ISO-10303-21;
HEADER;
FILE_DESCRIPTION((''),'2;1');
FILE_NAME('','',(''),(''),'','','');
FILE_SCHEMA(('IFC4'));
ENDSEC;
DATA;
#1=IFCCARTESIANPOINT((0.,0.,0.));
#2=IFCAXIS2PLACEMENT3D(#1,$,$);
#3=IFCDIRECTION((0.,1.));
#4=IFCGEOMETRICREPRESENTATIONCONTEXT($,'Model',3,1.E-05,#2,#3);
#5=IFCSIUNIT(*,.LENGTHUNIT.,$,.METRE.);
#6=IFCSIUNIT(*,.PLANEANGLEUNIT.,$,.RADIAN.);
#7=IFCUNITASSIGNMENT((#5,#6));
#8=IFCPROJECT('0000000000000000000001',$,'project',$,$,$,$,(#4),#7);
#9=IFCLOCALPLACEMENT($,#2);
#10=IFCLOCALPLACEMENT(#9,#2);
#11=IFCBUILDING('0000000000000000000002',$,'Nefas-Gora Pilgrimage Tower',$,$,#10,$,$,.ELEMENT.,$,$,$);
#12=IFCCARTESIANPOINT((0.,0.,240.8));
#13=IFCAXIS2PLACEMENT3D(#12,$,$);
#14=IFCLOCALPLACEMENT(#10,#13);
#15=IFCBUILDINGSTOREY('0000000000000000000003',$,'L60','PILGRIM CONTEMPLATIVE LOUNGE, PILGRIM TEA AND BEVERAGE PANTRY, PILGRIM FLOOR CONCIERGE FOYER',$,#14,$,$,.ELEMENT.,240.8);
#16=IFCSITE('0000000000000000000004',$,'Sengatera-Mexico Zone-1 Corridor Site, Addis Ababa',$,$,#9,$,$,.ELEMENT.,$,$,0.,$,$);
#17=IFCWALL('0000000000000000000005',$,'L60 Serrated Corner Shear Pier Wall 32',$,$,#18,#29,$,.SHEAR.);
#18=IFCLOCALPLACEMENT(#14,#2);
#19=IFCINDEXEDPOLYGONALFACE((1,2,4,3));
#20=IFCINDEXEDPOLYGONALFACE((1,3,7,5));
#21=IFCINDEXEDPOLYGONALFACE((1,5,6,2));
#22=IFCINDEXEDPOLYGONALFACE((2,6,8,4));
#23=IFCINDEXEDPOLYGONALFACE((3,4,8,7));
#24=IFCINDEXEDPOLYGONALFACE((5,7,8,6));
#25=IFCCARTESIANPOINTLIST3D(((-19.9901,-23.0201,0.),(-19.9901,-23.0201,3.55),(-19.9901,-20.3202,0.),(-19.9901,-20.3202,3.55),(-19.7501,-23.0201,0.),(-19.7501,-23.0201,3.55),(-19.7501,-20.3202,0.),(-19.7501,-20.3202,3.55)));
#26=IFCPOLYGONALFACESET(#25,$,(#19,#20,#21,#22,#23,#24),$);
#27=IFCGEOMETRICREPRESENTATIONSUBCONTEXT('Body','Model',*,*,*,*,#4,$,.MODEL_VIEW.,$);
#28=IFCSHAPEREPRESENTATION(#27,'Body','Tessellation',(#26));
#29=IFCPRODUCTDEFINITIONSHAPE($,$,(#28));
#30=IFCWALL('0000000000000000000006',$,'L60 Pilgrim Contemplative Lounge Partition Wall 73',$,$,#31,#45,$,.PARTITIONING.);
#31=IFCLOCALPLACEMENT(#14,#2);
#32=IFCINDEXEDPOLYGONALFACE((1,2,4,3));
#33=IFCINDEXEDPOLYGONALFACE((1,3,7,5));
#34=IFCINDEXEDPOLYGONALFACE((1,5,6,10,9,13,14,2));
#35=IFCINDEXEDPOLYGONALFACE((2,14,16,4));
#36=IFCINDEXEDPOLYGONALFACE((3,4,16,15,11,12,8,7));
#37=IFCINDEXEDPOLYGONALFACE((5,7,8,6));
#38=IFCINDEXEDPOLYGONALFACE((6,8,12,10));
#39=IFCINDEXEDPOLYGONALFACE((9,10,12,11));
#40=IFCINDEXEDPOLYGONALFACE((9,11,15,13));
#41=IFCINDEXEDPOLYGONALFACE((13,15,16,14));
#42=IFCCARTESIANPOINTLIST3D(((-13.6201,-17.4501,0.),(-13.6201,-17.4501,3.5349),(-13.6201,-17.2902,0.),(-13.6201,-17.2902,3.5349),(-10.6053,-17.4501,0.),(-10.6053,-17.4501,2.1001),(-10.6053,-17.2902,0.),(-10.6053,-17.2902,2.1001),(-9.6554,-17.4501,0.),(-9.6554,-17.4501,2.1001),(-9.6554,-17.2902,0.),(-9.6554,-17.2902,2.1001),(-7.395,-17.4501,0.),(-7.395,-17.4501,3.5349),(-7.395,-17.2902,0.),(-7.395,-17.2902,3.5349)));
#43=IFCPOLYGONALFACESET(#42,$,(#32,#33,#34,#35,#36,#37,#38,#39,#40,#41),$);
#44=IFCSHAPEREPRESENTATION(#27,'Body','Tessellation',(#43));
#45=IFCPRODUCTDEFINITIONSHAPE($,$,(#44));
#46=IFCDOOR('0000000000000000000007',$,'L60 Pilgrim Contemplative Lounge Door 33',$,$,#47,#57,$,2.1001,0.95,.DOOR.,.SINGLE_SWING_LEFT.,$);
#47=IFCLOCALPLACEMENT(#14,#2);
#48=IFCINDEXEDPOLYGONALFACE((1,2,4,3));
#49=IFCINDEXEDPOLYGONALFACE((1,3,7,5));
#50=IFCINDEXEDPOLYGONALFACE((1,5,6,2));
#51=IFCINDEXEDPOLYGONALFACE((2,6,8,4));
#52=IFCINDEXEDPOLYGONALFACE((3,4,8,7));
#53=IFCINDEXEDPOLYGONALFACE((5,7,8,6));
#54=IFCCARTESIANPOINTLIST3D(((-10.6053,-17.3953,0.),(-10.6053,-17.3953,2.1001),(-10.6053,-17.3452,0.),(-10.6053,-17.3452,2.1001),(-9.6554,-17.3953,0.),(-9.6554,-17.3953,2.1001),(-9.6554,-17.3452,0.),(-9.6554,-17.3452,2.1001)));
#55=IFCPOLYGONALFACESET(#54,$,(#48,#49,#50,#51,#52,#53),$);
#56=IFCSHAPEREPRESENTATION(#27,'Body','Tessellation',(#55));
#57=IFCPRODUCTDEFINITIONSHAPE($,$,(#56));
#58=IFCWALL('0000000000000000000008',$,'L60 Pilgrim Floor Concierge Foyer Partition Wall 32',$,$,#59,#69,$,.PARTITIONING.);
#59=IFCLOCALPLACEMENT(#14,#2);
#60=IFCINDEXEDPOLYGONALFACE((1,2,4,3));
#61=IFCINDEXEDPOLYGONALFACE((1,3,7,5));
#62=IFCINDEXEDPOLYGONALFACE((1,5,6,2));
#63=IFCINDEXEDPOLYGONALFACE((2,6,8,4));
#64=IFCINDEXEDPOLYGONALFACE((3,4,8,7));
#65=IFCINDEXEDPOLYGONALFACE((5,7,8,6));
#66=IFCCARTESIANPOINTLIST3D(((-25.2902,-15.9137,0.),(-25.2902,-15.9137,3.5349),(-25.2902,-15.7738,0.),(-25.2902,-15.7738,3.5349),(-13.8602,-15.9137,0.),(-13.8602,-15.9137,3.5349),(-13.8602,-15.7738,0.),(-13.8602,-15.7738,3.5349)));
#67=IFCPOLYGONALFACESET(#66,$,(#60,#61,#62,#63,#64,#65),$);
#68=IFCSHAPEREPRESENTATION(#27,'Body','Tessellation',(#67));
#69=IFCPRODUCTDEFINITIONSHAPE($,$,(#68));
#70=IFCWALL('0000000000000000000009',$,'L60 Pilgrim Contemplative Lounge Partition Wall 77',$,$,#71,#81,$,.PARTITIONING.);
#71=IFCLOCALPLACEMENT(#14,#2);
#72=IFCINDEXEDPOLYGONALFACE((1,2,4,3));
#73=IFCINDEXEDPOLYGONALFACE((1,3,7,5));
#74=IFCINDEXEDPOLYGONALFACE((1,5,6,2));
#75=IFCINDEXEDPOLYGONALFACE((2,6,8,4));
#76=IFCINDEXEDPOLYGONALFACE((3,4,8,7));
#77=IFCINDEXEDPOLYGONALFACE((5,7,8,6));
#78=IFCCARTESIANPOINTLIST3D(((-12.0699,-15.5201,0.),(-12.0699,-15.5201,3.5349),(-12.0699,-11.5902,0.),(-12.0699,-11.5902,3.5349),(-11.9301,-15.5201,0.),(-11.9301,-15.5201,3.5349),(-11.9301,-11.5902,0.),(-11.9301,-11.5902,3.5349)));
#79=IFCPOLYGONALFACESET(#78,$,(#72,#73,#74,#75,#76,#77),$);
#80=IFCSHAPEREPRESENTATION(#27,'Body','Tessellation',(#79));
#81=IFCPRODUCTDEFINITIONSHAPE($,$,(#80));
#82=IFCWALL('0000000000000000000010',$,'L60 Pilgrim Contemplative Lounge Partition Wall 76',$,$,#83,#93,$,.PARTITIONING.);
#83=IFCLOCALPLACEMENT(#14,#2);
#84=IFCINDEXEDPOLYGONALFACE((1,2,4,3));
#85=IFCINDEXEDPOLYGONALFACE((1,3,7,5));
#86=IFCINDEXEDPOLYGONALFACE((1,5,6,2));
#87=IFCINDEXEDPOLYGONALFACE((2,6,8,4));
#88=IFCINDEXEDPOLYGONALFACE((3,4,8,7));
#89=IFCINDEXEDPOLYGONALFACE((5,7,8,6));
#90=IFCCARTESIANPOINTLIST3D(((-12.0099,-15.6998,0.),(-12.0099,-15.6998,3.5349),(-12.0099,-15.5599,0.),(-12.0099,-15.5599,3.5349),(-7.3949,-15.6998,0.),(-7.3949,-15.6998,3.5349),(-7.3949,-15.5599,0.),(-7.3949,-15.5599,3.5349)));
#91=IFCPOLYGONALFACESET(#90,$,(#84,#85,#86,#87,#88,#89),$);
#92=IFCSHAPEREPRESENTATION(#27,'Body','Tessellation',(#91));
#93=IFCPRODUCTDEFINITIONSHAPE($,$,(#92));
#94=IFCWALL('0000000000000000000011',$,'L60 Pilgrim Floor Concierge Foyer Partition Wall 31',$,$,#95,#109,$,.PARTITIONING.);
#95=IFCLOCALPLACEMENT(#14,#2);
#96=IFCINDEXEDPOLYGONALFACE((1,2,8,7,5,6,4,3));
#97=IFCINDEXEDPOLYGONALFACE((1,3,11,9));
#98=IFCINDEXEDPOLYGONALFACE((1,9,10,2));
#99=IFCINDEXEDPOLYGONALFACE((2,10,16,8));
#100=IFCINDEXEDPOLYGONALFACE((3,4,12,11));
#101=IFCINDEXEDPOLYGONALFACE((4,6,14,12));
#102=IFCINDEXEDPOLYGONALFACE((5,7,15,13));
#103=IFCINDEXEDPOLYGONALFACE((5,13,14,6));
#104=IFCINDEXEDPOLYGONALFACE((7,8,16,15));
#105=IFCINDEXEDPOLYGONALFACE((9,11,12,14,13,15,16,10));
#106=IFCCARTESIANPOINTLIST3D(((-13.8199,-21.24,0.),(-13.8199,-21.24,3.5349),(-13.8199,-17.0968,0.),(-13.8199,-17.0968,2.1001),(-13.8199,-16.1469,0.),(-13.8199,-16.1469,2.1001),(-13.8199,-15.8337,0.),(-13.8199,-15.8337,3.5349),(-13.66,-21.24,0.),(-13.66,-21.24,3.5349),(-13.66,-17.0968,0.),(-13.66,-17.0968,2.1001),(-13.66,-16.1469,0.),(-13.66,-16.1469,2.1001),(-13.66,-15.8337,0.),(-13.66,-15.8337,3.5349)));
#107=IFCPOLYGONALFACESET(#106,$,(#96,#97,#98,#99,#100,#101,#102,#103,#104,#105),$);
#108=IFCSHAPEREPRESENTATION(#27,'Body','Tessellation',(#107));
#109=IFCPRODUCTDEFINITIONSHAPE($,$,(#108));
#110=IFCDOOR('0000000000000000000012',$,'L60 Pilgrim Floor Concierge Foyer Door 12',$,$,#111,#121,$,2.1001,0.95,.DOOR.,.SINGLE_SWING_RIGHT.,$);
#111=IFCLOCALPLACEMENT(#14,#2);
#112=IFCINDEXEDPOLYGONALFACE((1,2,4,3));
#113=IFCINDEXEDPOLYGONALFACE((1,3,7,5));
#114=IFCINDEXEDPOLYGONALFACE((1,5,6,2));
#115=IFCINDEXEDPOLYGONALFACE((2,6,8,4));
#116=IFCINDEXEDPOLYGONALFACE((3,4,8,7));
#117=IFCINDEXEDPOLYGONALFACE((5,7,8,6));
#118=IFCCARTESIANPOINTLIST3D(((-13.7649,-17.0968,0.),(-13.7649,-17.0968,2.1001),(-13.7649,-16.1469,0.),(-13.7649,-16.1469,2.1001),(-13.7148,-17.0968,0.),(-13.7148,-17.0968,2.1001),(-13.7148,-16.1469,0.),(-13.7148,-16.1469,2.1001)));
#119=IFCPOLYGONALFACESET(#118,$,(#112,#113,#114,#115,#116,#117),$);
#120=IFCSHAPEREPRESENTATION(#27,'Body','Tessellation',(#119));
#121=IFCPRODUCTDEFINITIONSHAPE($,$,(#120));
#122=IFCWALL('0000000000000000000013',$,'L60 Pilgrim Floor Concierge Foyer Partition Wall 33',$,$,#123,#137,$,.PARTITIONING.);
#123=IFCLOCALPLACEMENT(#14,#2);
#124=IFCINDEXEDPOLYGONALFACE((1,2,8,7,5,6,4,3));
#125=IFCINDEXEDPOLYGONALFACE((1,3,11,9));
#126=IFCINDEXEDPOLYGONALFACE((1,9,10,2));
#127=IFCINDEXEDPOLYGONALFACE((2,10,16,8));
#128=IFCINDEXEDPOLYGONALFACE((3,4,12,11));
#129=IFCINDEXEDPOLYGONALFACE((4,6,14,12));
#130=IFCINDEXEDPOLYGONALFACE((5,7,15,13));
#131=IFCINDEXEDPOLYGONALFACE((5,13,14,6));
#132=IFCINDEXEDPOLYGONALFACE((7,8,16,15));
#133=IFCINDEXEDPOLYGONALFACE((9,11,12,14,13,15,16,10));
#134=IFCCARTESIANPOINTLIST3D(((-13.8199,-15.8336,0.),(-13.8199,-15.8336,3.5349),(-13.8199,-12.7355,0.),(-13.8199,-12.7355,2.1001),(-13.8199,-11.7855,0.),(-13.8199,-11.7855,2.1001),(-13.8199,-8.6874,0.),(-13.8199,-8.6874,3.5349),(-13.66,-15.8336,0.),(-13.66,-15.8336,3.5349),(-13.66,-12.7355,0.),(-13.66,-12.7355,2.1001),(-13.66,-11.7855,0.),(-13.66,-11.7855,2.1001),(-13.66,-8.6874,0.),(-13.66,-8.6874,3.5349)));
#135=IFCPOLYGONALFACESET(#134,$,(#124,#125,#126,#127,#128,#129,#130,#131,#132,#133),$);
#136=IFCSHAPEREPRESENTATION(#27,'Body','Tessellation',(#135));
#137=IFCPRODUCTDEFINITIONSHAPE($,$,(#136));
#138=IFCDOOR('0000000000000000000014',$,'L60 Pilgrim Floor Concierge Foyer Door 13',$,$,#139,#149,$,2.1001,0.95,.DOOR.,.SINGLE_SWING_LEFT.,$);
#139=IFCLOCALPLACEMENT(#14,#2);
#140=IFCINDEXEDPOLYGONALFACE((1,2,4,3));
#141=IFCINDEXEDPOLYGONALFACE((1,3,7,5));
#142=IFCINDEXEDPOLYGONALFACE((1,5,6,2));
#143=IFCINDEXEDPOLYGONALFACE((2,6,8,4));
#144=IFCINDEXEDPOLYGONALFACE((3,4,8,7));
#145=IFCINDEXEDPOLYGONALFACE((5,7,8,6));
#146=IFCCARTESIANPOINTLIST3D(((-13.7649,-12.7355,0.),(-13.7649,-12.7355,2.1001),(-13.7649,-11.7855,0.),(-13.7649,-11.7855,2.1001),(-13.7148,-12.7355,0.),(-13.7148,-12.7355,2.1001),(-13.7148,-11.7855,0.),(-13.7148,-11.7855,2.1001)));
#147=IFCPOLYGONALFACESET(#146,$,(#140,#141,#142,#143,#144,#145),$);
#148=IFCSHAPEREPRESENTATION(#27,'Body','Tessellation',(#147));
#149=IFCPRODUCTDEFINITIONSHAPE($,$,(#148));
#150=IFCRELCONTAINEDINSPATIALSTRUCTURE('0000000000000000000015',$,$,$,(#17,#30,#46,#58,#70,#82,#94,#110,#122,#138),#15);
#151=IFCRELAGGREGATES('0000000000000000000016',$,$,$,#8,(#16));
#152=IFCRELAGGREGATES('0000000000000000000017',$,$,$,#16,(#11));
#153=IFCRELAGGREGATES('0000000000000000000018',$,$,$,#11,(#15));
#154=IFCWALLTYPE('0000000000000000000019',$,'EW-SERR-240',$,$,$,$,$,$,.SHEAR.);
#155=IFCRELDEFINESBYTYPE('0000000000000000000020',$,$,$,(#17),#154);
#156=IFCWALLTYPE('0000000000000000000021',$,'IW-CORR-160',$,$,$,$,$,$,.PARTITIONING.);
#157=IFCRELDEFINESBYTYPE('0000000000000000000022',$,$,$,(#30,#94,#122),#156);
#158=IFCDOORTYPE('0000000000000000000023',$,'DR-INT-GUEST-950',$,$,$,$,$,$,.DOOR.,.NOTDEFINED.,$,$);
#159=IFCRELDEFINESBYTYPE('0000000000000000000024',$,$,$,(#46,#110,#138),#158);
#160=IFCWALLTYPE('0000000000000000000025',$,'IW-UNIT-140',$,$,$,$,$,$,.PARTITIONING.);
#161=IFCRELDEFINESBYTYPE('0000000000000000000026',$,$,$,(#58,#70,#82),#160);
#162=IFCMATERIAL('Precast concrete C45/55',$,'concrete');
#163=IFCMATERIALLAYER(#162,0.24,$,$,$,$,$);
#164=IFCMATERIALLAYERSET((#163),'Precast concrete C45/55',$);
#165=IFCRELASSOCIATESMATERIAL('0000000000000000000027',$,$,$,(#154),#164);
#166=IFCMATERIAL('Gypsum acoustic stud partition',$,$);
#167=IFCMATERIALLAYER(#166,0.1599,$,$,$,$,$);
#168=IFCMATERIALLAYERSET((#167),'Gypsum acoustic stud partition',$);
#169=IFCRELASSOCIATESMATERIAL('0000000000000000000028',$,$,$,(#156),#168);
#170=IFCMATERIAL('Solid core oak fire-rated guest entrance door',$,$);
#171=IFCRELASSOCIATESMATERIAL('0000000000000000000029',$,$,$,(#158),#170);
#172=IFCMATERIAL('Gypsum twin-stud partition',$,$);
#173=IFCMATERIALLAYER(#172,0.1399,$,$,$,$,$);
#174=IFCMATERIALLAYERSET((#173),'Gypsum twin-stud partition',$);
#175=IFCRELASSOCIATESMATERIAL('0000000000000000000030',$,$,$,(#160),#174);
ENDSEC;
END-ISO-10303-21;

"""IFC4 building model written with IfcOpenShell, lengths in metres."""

from ifc_helpers import new_model, si_unit, direction, frame, frame_2d, origin, place, context, subcontext, project, spatial, rectangle, extrude, source, transform, mapped, material, layer, layer_set, type_object, element, fill, save


model = new_model("IFC4")

# Units and contexts
model_context = context("Model", 3, precision=1e-05, world=origin(), true_north=direction((0.0, 1.0)))
body_context = subcontext(model_context, "Body", "Model", "MODEL_VIEW")
ifc_project = project(units=[si_unit("LENGTHUNIT", "METRE"), si_unit("PLANEANGLEUNIT", "RADIAN")], contexts=[model_context])

# Site, building, storey
site_placement = place(None, origin())
site = spatial("IfcSite", under=ifc_project, at=site_placement, Name="Sengatera-Mexico Zone-1 Corridor Site, Addis Ababa", CompositionType="ELEMENT", RefElevation=0.0)
building_placement = place(site_placement, origin())
building = spatial("IfcBuilding", under=site, at=building_placement, Name="Nefas-Gora Pilgrimage Tower", CompositionType="ELEMENT")
storey_placement = place(building_placement, frame((0.0, 0.0, 240.8)))
storey = spatial("IfcBuildingStorey", under=building, at=storey_placement, Name="L60", Description="PILGRIM CONTEMPLATIVE LOUNGE, PILGRIM TEA AND BEVERAGE PANTRY, PILGRIM FLOOR CONCIERGE FOYER", CompositionType="ELEMENT", Elevation=240.8)

# Shared definitions
ifc_material_1 = material(Name="Precast concrete C45/55", Category="concrete")
ifc_layer_1 = layer(ifc_material_1, 0.24)
ifc_layer_set_1 = layer_set([ifc_layer_1], Name="Precast concrete C45/55")
wall_type_1 = type_object("IfcWallType", Name="EW-SERR-240", PredefinedType="SHEAR", material=ifc_layer_set_1)
shared_shape_1 = source(origin(), body_context, "Body", "SweptSolid", [
    extrude(rectangle(XDim=2.7, YDim=0.24, at=frame_2d((1.3501, 0.0))), origin(), (0.0, 0.0, 1.0), 3.55),
])

# Wall
for number, where, z_axis, x_axis, name in (
    (1, (-19.8701, -20.3201, 0.0), (0.0, 0.0, 1.0), (0.0, -1.0, 0.0), "L60 Serrated Corner Shear Pier Wall 32"),
):
    element("IfcWall", number, at=place(storey_placement, frame(where, z_axis=z_axis, x_axis=x_axis)), inside=storey, type_object=wall_type_1, Name=name, PredefinedType="SHEAR", context=body_context, shape_type="MappedRepresentation", body=[
        mapped(shared_shape_1, transform((0.0, 0.0, 0.0), x_axis=(1.0, 0.0, 0.0), y_axis=(0.0, 1.0, 0.0), z_axis=(0.0, 0.0, 1.0), scale=1.0)),
    ])

# Wall, opening, door
ifc_material_2 = material(Name="Gypsum acoustic stud partition")
ifc_layer_2 = layer(ifc_material_2, 0.1599)
ifc_layer_set_2 = layer_set([ifc_layer_2], Name="Gypsum acoustic stud partition")
wall_type_2 = type_object("IfcWallType", Name="IW-CORR-160", PredefinedType="PARTITIONING", material=ifc_layer_set_2)
shared_shape_2 = source(origin(), body_context, "Body", "SweptSolid", [
    extrude(rectangle(XDim=6.2251, YDim=0.1599, at=frame_2d((3.1125, 0.0))), origin(), (0.0, 0.0, 1.0), 3.5349),
])
wall_1_placement = place(storey_placement, frame((-13.6201, -17.3701, 0.0), z_axis=(0.0, 0.0, 1.0), x_axis=(1.0, 0.0, 0.0)))
wall_1 = element("IfcWall", 2, at=wall_1_placement, inside=storey, type_object=wall_type_2, Name="L60 Pilgrim Contemplative Lounge Partition Wall 73", PredefinedType="PARTITIONING", context=body_context, shape_type="MappedRepresentation", body=[
    mapped(shared_shape_2, transform((0.0, 0.0, 0.0), x_axis=(1.0, 0.0, 0.0), y_axis=(0.0, 1.0, 0.0), z_axis=(0.0, 0.0, 1.0), scale=1.0)),
])
opening_1_placement = place(wall_1_placement, frame((3.0146, 0.0, 0.0)))
opening_1 = element("IfcOpeningElement", 3, at=opening_1_placement, cuts=wall_1, PredefinedType="OPENING", context=body_context, shape_type="SweptSolid", body=[
    extrude(rectangle(XDim=0.95, YDim=2.1001, at=frame_2d((0.4751, 1.05))), frame((0.0, 0.0898, 0.0), z_axis=(0.0, -1.0, 0.0), x_axis=(1.0, 0.0, 0.0)), (0.0, 0.0, 1.0), 0.1799),
])
ifc_material_3 = material(Name="Solid core oak fire-rated guest entrance door")
door_type = type_object("IfcDoorType", Name="DR-INT-GUEST-950", OperationType="NOTDEFINED", PredefinedType="DOOR", material=ifc_material_3)
shared_shape_3 = source(origin(), body_context, "Body", "SweptSolid", [
    extrude(rectangle(XDim=0.95, YDim=2.1001, at=frame_2d((0.4751, 1.05))), frame((0.0, 0.0249, 0.0), z_axis=(0.0, -1.0, 0.0), x_axis=(1.0, 0.0, 0.0)), (0.0, 0.0, 1.0), 0.05),
])
door_1_placement = place(opening_1_placement, origin())
door_1 = element("IfcDoor", 4, at=door_1_placement, inside=storey, type_object=door_type, Name="L60 Pilgrim Contemplative Lounge Door 33", OperationType="SINGLE_SWING_LEFT", OverallHeight=2.1001, OverallWidth=0.95, PredefinedType="DOOR", context=body_context, shape_type="MappedRepresentation", body=[
    mapped(shared_shape_3, transform((0.0, 0.0, 0.0), x_axis=(1.0, 0.0, 0.0), y_axis=(0.0, 1.0, 0.0), z_axis=(0.0, 0.0, 1.0), scale=1.0)),
])
fill(opening_1, door_1)

# Walls
ifc_material_4 = material(Name="Gypsum twin-stud partition")
ifc_layer_3 = layer(ifc_material_4, 0.1399)
ifc_layer_set_3 = layer_set([ifc_layer_3], Name="Gypsum twin-stud partition")
wall_type_3 = type_object("IfcWallType", Name="IW-UNIT-140", PredefinedType="PARTITIONING", material=ifc_layer_set_3)
shared_shape_4 = source(origin(), body_context, "Body", "SweptSolid", [
    extrude(rectangle(XDim=11.4299, YDim=0.1399, at=frame_2d((5.7148, 0.0))), origin(), (0.0, 0.0, 1.0), 3.5349),
])
wall_2_placement = place(storey_placement, frame((-25.29, -15.8438, 0.0), z_axis=(0.0, 0.0, 1.0), x_axis=(1.0, 0.0, 0.0)))
element("IfcWall", 5, at=wall_2_placement, inside=storey, type_object=wall_type_3, Name="L60 Pilgrim Floor Concierge Foyer Partition Wall 32", PredefinedType="PARTITIONING", context=body_context, shape_type="MappedRepresentation", body=[
    mapped(shared_shape_4, transform((0.0, 0.0, 0.0), x_axis=(1.0, 0.0, 0.0), y_axis=(0.0, 1.0, 0.0), z_axis=(0.0, 0.0, 1.0), scale=1.0)),
])
shared_shape_5 = source(origin(), body_context, "Body", "SweptSolid", [
    extrude(rectangle(XDim=3.9299, YDim=0.1399, at=frame_2d((1.9648, 0.0))), origin(), (0.0, 0.0, 1.0), 3.5349),
])
wall_3_placement = place(storey_placement, frame((-12.0, -15.52, 0.0), z_axis=(0.0, 0.0, 1.0), x_axis=(0.0, 1.0, 0.0)))
element("IfcWall", 6, at=wall_3_placement, inside=storey, type_object=wall_type_3, Name="L60 Pilgrim Contemplative Lounge Partition Wall 77", PredefinedType="PARTITIONING", context=body_context, shape_type="MappedRepresentation", body=[
    mapped(shared_shape_5, transform((0.0, 0.0, 0.0), x_axis=(1.0, 0.0, 0.0), y_axis=(0.0, 1.0, 0.0), z_axis=(0.0, 0.0, 1.0), scale=1.0)),
])
shared_shape_6 = source(origin(), body_context, "Body", "SweptSolid", [
    extrude(rectangle(XDim=4.615, YDim=0.1399, at=frame_2d((2.3076, 0.0))), origin(), (0.0, 0.0, 1.0), 3.5349),
])
wall_4_placement = place(storey_placement, frame((-12.01, -15.6299, 0.0), z_axis=(0.0, 0.0, 1.0), x_axis=(1.0, 0.0, 0.0)))
element("IfcWall", 7, at=wall_4_placement, inside=storey, type_object=wall_type_3, Name="L60 Pilgrim Contemplative Lounge Partition Wall 76", PredefinedType="PARTITIONING", context=body_context, shape_type="MappedRepresentation", body=[
    mapped(shared_shape_6, transform((0.0, 0.0, 0.0), x_axis=(1.0, 0.0, 0.0), y_axis=(0.0, 1.0, 0.0), z_axis=(0.0, 0.0, 1.0), scale=1.0)),
])

# Walls, openings, doors
shared_shape_7 = source(origin(), body_context, "Body", "SweptSolid", [
    extrude(rectangle(XDim=5.4062, YDim=0.1599, at=frame_2d((2.7031, 0.0))), origin(), (0.0, 0.0, 1.0), 3.5349),
])
wall_5_placement = place(storey_placement, frame((-13.74, -21.24, 0.0), z_axis=(0.0, 0.0, 1.0), x_axis=(0.0, 1.0, 0.0)))
wall_5 = element("IfcWall", 8, at=wall_5_placement, inside=storey, type_object=wall_type_2, Name="L60 Pilgrim Floor Concierge Foyer Partition Wall 31", PredefinedType="PARTITIONING", context=body_context, shape_type="MappedRepresentation", body=[
    mapped(shared_shape_7, transform((0.0, 0.0, 0.0), x_axis=(1.0, 0.0, 0.0), y_axis=(0.0, 1.0, 0.0), z_axis=(0.0, 0.0, 1.0), scale=1.0)),
])
opening_2_placement = place(wall_5_placement, frame((4.1431, 0.0, 0.0)))
opening_2 = element("IfcOpeningElement", 9, at=opening_2_placement, cuts=wall_5, PredefinedType="OPENING", context=body_context, shape_type="SweptSolid", body=[
    extrude(rectangle(XDim=0.95, YDim=2.1001, at=frame_2d((0.4751, 1.05))), frame((0.0, 0.0898, 0.0), z_axis=(0.0, -1.0, 0.0), x_axis=(1.0, 0.0, 0.0)), (0.0, 0.0, 1.0), 0.1799),
])
door_2_placement = place(opening_2_placement, origin())
door_2 = element("IfcDoor", 10, at=door_2_placement, inside=storey, type_object=door_type, Name="L60 Pilgrim Floor Concierge Foyer Door 12", OperationType="SINGLE_SWING_RIGHT", OverallHeight=2.1001, OverallWidth=0.95, PredefinedType="DOOR", context=body_context, shape_type="MappedRepresentation", body=[
    mapped(shared_shape_3, transform((0.0, 0.0, 0.0), x_axis=(1.0, 0.0, 0.0), y_axis=(0.0, 1.0, 0.0), z_axis=(0.0, 0.0, 1.0), scale=1.0)),
])
fill(opening_2, door_2)
shared_shape_8 = source(origin(), body_context, "Body", "SweptSolid", [
    extrude(rectangle(XDim=7.1462, YDim=0.1599, at=frame_2d((3.5732, 0.0))), origin(), (0.0, 0.0, 1.0), 3.5349),
])
wall_6_placement = place(storey_placement, frame((-13.74, -15.8337, 0.0), z_axis=(0.0, 0.0, 1.0), x_axis=(0.0, 1.0, 0.0)))
wall_6 = element("IfcWall", 11, at=wall_6_placement, inside=storey, type_object=wall_type_2, Name="L60 Pilgrim Floor Concierge Foyer Partition Wall 33", PredefinedType="PARTITIONING", context=body_context, shape_type="MappedRepresentation", body=[
    mapped(shared_shape_8, transform((0.0, 0.0, 0.0), x_axis=(1.0, 0.0, 0.0), y_axis=(0.0, 1.0, 0.0), z_axis=(0.0, 0.0, 1.0), scale=1.0)),
])
opening_3_placement = place(wall_6_placement, frame((3.0981, 0.0, 0.0)))
opening_3 = element("IfcOpeningElement", 12, at=opening_3_placement, cuts=wall_6, PredefinedType="OPENING", context=body_context, shape_type="SweptSolid", body=[
    extrude(rectangle(XDim=0.95, YDim=2.1001, at=frame_2d((0.4751, 1.05))), frame((0.0, 0.0898, 0.0), z_axis=(0.0, -1.0, 0.0), x_axis=(1.0, 0.0, 0.0)), (0.0, 0.0, 1.0), 0.1799),
])
door_3_placement = place(opening_3_placement, origin())
door_3 = element("IfcDoor", 13, at=door_3_placement, inside=storey, type_object=door_type, Name="L60 Pilgrim Floor Concierge Foyer Door 13", OperationType="SINGLE_SWING_LEFT", OverallHeight=2.1001, OverallWidth=0.95, PredefinedType="DOOR", context=body_context, shape_type="MappedRepresentation", body=[
    mapped(shared_shape_3, transform((0.0, 0.0, 0.0), x_axis=(1.0, 0.0, 0.0), y_axis=(0.0, 1.0, 0.0), z_axis=(0.0, 0.0, 1.0), scale=1.0)),
])
fill(opening_3, door_3)

save(model, "model.ifc")
